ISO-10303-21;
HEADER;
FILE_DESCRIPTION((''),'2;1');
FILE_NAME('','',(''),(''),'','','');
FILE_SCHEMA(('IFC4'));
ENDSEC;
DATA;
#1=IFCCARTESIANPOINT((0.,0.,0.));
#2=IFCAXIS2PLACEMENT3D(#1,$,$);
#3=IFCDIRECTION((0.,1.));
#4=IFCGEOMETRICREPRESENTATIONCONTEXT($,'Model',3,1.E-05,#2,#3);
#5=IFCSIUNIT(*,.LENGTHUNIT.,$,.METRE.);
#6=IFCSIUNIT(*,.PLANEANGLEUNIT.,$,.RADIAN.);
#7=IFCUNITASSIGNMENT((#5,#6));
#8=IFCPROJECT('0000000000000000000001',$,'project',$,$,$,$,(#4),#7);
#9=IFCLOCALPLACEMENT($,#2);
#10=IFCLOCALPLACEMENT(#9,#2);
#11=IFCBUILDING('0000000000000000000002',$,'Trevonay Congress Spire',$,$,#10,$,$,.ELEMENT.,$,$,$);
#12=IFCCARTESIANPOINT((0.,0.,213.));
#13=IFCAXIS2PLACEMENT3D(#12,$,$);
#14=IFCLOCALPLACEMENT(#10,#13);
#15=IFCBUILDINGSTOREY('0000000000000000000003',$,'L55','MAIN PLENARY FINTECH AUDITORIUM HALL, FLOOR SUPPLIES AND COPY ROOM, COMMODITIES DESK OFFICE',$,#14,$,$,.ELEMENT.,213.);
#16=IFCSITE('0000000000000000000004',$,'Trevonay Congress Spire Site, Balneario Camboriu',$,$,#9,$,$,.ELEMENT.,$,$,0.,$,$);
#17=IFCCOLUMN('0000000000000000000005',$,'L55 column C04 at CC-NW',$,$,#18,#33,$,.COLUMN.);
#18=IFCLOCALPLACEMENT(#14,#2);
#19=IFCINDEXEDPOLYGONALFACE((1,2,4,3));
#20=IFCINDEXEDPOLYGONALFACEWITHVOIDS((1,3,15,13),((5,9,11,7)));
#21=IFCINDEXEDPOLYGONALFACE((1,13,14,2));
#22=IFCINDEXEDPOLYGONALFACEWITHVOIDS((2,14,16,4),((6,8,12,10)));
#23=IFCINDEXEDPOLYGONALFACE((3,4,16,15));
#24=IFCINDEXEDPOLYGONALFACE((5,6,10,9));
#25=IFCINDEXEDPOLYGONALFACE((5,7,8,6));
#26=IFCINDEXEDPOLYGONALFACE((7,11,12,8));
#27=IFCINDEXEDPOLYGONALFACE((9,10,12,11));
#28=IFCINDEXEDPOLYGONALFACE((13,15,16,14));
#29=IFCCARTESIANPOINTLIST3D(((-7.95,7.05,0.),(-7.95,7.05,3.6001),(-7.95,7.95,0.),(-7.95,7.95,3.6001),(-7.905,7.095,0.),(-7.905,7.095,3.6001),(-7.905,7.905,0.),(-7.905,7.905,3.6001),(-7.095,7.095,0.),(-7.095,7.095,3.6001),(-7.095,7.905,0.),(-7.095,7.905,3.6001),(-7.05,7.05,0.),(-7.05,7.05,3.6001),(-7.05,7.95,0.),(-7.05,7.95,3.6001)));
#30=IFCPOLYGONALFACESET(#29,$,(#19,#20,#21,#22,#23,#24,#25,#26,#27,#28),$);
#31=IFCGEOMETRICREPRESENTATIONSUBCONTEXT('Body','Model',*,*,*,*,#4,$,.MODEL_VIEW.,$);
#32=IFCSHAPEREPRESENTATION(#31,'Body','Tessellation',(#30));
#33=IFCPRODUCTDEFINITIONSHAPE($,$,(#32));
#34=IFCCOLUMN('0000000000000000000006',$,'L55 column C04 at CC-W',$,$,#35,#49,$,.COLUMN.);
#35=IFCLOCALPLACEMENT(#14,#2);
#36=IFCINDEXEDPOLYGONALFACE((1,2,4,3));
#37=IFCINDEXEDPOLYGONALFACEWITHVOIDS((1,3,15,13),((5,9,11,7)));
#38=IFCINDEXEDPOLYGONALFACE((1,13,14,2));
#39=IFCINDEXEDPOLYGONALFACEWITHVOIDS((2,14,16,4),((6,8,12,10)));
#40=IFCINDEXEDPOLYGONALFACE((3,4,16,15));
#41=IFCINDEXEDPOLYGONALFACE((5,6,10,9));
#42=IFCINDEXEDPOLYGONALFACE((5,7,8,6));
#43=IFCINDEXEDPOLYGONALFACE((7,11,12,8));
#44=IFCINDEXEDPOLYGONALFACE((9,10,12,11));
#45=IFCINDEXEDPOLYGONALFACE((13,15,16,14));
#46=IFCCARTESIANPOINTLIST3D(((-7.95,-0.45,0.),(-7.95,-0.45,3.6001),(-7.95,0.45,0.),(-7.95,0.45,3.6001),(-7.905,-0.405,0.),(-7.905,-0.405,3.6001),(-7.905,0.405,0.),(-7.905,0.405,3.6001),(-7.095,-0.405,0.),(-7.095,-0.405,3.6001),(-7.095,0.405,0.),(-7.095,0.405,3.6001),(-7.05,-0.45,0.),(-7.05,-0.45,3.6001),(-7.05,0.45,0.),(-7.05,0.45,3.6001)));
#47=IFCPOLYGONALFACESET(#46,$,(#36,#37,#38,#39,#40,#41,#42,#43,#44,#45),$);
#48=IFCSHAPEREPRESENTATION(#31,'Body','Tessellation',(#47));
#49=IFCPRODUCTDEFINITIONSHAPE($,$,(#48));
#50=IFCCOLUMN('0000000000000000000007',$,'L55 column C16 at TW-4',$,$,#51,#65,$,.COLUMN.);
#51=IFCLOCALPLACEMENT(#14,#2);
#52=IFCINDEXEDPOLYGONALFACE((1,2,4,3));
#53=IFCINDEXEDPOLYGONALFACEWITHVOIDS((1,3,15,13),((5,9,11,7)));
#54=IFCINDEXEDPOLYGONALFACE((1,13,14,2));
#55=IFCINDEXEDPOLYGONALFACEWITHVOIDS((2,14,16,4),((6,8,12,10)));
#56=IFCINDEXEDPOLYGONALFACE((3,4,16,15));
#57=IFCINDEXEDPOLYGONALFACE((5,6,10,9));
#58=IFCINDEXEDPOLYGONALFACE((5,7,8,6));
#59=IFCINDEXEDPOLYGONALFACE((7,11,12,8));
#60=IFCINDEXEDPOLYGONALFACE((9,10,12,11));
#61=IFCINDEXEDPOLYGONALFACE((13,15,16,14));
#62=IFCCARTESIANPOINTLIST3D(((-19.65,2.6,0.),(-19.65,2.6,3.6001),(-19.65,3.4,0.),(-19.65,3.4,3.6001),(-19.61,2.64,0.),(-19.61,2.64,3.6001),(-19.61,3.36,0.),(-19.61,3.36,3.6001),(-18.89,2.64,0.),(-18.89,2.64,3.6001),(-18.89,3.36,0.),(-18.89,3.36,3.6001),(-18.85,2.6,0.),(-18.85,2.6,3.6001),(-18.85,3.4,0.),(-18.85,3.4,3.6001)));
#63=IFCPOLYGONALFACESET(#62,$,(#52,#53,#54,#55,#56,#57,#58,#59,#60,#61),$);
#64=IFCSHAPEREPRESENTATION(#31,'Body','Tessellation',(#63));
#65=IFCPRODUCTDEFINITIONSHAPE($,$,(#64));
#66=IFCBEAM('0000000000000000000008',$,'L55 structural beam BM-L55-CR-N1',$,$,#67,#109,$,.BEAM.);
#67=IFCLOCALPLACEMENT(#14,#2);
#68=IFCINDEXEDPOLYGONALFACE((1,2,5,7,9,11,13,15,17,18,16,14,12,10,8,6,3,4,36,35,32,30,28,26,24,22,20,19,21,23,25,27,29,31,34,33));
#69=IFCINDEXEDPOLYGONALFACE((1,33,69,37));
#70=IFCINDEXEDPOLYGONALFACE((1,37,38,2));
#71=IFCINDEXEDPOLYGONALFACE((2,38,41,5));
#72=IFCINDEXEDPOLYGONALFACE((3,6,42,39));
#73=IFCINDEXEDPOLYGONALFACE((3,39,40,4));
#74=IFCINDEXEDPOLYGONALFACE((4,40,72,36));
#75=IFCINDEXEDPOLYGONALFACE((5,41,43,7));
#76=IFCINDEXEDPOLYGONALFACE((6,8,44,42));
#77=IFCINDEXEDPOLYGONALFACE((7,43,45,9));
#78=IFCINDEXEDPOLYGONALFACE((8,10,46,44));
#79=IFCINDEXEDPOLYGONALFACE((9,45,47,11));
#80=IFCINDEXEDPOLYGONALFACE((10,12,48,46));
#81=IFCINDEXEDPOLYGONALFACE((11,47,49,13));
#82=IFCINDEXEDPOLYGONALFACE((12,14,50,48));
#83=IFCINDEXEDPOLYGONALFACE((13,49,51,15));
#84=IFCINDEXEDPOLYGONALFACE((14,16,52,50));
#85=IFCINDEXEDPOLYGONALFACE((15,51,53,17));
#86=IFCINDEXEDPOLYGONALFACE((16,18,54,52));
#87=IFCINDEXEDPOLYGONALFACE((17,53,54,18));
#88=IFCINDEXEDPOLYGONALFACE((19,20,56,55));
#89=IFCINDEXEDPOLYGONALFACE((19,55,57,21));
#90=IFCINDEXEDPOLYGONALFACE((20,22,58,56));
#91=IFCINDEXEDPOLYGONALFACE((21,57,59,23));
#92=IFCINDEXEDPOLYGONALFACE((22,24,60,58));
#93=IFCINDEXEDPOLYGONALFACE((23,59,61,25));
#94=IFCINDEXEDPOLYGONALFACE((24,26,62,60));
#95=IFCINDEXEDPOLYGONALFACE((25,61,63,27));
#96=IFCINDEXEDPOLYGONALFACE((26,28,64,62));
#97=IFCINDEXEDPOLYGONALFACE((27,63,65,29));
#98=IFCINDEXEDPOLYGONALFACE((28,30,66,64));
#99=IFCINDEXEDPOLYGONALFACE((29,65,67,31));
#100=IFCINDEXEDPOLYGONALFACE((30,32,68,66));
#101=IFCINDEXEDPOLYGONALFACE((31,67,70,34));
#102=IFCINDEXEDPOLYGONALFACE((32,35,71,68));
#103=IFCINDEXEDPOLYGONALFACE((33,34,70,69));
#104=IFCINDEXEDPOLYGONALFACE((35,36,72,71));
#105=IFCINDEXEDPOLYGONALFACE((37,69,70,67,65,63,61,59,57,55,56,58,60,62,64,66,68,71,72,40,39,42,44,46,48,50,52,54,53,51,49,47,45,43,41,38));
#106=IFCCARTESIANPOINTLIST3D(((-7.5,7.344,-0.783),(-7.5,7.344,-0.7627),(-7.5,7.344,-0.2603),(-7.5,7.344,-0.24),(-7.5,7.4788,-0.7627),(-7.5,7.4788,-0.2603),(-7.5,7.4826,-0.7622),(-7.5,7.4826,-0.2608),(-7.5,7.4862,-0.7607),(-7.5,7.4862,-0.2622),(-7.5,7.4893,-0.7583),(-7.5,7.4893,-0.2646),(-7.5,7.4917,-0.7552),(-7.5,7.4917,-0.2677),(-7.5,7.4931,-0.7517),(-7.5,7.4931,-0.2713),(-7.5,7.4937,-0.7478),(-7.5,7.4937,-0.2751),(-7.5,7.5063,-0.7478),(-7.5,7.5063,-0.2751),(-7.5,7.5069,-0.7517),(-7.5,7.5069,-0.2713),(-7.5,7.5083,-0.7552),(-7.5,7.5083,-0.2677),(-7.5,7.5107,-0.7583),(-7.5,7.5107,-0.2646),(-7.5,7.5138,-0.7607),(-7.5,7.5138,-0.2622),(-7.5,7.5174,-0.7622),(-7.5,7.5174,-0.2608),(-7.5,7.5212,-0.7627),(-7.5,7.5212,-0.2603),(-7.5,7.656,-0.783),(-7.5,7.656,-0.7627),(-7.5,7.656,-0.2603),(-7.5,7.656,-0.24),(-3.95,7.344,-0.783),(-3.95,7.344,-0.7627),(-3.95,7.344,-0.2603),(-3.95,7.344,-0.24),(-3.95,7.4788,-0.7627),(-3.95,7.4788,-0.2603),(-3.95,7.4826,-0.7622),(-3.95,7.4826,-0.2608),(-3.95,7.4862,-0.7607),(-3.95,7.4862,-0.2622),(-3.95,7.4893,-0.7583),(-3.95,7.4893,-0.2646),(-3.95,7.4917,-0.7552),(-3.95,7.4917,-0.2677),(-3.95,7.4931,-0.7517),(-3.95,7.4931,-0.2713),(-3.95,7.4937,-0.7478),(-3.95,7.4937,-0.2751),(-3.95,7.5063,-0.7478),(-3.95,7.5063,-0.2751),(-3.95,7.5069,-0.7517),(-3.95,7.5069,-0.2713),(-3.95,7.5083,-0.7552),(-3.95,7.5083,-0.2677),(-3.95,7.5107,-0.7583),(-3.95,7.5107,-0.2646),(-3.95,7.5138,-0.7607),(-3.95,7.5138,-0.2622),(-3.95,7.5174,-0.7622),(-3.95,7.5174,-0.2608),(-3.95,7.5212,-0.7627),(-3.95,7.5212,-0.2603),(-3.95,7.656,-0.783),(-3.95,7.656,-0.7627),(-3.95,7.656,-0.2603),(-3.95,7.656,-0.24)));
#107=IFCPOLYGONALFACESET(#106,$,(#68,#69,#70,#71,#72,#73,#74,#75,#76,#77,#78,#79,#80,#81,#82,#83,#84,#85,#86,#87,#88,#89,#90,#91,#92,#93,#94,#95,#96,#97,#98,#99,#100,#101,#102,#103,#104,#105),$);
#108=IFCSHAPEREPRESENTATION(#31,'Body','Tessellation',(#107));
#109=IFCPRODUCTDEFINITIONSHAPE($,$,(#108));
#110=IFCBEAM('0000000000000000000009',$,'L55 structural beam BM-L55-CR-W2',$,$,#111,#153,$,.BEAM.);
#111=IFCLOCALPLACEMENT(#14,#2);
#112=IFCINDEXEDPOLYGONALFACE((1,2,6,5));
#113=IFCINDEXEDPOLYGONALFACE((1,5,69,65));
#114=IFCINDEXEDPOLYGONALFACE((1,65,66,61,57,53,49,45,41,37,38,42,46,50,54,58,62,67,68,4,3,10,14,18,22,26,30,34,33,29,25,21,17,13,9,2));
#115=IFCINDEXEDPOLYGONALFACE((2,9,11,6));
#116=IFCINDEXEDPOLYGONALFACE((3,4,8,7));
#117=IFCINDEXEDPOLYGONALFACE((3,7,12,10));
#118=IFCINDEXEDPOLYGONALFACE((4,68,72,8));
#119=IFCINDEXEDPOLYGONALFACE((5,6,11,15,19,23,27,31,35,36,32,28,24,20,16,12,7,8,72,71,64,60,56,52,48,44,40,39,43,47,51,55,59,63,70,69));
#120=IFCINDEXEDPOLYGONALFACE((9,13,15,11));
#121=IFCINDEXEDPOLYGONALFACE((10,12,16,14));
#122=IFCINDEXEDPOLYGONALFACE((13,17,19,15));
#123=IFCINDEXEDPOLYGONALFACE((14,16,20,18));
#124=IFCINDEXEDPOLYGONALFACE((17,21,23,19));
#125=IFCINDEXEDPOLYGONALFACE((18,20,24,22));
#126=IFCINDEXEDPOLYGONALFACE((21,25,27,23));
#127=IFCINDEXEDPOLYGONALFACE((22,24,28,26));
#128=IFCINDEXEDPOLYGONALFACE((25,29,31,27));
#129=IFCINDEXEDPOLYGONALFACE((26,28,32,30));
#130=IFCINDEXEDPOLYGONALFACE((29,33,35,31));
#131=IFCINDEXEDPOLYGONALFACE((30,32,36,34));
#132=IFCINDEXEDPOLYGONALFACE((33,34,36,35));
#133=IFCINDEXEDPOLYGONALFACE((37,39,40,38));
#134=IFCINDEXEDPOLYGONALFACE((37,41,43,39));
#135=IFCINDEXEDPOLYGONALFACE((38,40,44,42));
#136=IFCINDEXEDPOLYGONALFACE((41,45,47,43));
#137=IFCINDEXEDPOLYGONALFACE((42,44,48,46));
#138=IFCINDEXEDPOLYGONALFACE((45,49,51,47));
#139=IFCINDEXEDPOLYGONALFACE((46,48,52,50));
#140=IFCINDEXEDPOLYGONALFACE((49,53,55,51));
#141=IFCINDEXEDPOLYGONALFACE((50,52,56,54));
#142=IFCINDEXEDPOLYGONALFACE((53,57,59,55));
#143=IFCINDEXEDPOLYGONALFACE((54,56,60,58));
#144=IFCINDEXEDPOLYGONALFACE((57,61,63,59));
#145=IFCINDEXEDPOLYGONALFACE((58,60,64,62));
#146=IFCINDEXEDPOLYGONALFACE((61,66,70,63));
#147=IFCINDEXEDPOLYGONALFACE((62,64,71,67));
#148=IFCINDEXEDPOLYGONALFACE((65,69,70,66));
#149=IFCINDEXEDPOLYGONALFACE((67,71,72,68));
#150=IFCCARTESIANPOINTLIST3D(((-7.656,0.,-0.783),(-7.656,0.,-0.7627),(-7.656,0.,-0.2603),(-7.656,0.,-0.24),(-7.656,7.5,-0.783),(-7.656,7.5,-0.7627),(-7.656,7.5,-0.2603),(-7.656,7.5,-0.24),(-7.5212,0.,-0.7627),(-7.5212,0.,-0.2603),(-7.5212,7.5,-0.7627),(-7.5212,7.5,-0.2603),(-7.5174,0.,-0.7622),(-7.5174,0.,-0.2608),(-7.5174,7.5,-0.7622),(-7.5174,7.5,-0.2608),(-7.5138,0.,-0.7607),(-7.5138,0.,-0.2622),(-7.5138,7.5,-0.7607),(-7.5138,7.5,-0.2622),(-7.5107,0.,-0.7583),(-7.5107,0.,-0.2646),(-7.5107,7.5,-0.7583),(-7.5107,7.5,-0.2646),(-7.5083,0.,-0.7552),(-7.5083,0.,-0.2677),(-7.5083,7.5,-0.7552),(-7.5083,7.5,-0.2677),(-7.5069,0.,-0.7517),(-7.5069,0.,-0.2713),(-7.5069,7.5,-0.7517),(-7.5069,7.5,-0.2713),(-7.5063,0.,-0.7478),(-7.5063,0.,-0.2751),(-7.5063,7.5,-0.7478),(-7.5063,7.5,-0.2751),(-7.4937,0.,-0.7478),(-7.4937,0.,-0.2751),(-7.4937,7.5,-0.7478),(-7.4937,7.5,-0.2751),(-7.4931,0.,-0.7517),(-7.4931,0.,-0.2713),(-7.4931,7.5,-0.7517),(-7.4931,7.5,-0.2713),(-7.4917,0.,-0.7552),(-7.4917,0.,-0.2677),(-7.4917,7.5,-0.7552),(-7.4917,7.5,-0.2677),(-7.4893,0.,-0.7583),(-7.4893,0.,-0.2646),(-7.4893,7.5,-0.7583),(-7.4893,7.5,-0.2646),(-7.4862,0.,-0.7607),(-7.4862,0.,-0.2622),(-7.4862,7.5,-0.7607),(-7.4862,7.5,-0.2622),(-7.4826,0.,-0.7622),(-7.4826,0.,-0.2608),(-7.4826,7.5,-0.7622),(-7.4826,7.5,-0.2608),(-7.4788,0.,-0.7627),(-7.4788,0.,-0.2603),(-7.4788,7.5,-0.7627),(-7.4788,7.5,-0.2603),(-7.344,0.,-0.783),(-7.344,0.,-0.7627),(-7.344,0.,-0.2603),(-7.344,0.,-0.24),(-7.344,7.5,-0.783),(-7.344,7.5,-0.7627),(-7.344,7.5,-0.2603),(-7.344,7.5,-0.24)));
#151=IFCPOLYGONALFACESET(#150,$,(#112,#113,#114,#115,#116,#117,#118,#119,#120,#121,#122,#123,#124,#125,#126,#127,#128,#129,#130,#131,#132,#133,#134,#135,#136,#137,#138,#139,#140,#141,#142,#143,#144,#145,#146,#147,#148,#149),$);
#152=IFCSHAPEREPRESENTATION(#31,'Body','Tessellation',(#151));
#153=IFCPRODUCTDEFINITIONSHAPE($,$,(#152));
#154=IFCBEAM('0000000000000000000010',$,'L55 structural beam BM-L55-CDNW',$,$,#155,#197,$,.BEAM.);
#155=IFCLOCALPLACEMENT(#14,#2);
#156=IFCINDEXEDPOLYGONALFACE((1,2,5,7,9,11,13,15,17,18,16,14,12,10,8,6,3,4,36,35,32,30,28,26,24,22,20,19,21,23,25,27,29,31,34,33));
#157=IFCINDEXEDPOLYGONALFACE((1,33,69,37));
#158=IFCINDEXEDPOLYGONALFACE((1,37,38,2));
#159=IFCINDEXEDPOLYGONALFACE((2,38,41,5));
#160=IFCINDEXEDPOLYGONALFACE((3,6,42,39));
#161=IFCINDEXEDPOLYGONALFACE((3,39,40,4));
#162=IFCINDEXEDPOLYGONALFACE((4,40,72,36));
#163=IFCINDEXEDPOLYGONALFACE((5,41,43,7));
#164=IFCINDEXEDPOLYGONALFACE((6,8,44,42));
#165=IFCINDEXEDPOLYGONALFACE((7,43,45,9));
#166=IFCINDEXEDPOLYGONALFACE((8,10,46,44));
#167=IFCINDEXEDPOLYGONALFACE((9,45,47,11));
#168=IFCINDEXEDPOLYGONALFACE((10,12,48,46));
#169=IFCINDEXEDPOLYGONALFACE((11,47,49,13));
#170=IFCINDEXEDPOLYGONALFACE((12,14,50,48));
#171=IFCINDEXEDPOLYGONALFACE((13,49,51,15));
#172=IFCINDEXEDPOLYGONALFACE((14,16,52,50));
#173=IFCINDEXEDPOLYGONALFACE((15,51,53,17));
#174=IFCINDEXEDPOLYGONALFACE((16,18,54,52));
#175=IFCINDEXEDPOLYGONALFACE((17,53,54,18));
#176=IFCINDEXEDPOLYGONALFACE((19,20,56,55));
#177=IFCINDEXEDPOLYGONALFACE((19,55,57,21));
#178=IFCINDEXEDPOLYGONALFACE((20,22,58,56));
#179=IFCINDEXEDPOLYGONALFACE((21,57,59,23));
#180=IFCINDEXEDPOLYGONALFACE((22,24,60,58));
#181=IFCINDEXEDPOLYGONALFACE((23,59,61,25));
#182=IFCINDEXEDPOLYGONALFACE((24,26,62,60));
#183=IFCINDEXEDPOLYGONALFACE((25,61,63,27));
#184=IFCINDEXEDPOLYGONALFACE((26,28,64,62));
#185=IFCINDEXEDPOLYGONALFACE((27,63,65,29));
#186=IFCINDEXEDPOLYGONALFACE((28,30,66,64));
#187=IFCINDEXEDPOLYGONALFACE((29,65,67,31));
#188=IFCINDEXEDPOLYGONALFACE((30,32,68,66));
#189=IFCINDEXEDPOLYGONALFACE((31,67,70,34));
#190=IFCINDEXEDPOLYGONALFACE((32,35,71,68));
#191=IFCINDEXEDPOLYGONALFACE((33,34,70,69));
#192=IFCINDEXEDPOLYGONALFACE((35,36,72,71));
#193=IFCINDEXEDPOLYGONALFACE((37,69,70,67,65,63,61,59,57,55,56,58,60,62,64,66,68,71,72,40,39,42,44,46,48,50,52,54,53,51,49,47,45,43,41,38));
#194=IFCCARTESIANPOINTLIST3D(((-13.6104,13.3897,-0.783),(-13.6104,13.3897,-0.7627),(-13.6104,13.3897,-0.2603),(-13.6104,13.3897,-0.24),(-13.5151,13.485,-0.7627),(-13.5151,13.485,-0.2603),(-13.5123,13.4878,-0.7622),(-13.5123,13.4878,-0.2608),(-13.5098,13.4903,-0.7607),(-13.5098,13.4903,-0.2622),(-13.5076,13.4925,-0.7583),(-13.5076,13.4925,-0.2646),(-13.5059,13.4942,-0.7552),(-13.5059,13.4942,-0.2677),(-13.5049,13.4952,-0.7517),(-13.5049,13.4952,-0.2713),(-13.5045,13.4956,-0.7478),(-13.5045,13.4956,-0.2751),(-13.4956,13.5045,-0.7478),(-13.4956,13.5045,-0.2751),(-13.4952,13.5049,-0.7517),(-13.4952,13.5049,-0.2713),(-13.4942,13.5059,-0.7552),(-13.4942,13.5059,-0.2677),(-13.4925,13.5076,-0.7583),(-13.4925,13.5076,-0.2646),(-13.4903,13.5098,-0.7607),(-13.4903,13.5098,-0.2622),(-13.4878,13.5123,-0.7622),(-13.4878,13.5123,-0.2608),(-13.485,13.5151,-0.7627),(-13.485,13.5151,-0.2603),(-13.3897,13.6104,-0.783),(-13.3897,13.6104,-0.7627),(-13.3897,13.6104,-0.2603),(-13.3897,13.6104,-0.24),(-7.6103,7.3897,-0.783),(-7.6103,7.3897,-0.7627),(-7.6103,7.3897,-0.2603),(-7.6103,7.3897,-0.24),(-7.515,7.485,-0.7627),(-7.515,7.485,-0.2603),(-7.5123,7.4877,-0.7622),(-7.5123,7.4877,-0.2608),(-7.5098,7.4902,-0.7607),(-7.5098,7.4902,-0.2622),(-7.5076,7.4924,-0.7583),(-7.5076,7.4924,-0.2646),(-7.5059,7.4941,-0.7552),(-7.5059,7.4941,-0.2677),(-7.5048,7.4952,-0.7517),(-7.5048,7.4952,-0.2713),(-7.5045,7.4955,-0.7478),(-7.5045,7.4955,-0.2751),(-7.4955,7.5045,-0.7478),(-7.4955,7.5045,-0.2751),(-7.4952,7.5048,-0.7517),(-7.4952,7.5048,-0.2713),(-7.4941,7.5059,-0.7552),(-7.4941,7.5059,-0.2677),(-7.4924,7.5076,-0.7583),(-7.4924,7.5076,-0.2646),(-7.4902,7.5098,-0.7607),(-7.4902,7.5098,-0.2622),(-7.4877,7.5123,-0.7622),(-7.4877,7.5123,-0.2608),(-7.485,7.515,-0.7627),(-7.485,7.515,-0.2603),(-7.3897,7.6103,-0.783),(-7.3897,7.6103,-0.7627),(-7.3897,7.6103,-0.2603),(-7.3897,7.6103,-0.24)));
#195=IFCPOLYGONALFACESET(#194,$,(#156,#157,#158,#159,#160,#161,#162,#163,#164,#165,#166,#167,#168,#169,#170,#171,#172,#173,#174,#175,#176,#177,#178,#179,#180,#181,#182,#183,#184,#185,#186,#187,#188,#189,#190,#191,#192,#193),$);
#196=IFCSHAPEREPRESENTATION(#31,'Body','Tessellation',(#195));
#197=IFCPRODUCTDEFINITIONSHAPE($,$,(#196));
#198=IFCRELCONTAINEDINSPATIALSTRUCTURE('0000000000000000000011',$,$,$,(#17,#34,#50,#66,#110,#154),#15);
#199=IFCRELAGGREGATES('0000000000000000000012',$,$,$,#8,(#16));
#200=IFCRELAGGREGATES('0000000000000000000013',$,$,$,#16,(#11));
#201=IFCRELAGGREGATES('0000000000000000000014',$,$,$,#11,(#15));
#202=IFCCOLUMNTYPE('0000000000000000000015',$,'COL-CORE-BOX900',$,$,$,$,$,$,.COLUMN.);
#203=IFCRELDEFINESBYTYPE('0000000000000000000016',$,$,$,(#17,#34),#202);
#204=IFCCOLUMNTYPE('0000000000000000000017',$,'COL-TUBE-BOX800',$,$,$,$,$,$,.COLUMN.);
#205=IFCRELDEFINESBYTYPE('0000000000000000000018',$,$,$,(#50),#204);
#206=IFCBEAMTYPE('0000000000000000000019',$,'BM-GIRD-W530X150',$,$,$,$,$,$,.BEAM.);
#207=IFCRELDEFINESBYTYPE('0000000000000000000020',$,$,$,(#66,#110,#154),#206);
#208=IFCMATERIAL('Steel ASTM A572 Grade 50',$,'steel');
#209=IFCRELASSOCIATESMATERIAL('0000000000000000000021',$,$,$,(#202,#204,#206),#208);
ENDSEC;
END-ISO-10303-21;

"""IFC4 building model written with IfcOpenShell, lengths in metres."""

from ifc_helpers import new_model, si_unit, direction, frame, origin, origin_2d, place, context, subcontext, project, spatial, hollow_rectangle, i_section, extrude, material, material_profile, profile_set, type_object, element, save


model = new_model("IFC4")

# Units and contexts
model_context = context("Model", 3, precision=1e-05, world=origin(), true_north=direction((0.0, 1.0)))
body_context = subcontext(model_context, "Body", "Model", "MODEL_VIEW")
ifc_project = project(units=[si_unit("LENGTHUNIT", "METRE"), si_unit("PLANEANGLEUNIT", "RADIAN")], contexts=[model_context])

# Site, building, storey
site_placement = place(None, origin())
site = spatial("IfcSite", under=ifc_project, at=site_placement, Name="Trevonay Congress Spire Site, Balneario Camboriu", CompositionType="ELEMENT", RefElevation=0.0)
building_placement = place(site_placement, origin())
building = spatial("IfcBuilding", under=site, at=building_placement, Name="Trevonay Congress Spire", CompositionType="ELEMENT")
storey_placement = place(building_placement, frame((0.0, 0.0, 213.0)))
storey = spatial("IfcBuildingStorey", under=building, at=storey_placement, Name="L55", Description="MAIN PLENARY FINTECH AUDITORIUM HALL, FLOOR SUPPLIES AND COPY ROOM, COMMODITIES DESK OFFICE", CompositionType="ELEMENT", Elevation=213.0)

# Columns
ifc_material_1 = material(Name="Steel ASTM A572 Grade 50", Category="steel")
ifc_material_profile_1 = material_profile(ifc_material_1, hollow_rectangle(XDim=0.8999, YDim=0.8999, WallThickness=0.0449, at=origin_2d()), Name="BOX 900x900x45")
ifc_profile_set_1 = profile_set([ifc_material_profile_1], Name="Steel ASTM A572 Grade 50")
column_type_1 = type_object("IfcColumnType", Name="COL-CORE-BOX900", PredefinedType="COLUMN", material=ifc_profile_set_1)
for number, where, z_axis, x_axis, name in (
    (1, (-7.5, 7.5, 0.0), (0.0, 0.0, 1.0), (1.0, 0.0, 0.0), "L55 column C04 at CC-NW"),
    (2, (-7.5, 0.0, 0.0), (0.0, 0.0, 1.0), (1.0, 0.0, 0.0), "L55 column C04 at CC-W"),
):
    element("IfcColumn", number, at=place(storey_placement, frame(where, z_axis=z_axis, x_axis=x_axis)), inside=storey, type_object=column_type_1, Name=name, PredefinedType="COLUMN", context=body_context, shape_type="SweptSolid", body=[
        extrude(hollow_rectangle(XDim=0.8999, YDim=0.8999, WallThickness=0.0449, at=origin_2d()), origin(), (0.0, 0.0, 1.0), 3.6001),
    ])
ifc_material_profile_2 = material_profile(ifc_material_1, hollow_rectangle(XDim=0.8, YDim=0.8, WallThickness=0.04, at=origin_2d()), Name="BOX 800x800x40")
ifc_profile_set_2 = profile_set([ifc_material_profile_2], Name="Steel ASTM A572 Grade 50")
column_type_2 = type_object("IfcColumnType", Name="COL-TUBE-BOX800", PredefinedType="COLUMN", material=ifc_profile_set_2)
column_placement = place(storey_placement, frame((-19.25, 3.0, 0.0), z_axis=(0.0, 0.0, 1.0), x_axis=(1.0, 0.0, 0.0)))
element("IfcColumn", 3, at=column_placement, inside=storey, type_object=column_type_2, Name="L55 column C16 at TW-4", PredefinedType="COLUMN", context=body_context, shape_type="SweptSolid", body=[
    extrude(hollow_rectangle(XDim=0.8, YDim=0.8, WallThickness=0.04, at=origin_2d()), origin(), (0.0, 0.0, 1.0), 3.6001),
])

# Beams
ifc_material_profile_3 = material_profile(ifc_material_1, i_section(OverallWidth=0.312, OverallDepth=0.543, WebThickness=0.0127, FlangeThickness=0.0203, FilletRadius=0.0149, at=origin_2d()), Name="W530x150")
ifc_profile_set_3 = profile_set([ifc_material_profile_3], Name="Steel ASTM A572 Grade 50")
beam_type_1 = type_object("IfcBeamType", Name="BM-GIRD-W530X150", PredefinedType="BEAM", material=ifc_profile_set_3)
beam_1_placement = place(storey_placement, frame((-7.5, 7.5, -0.5115), z_axis=(1.0, 0.0, 0.0), x_axis=(0.0, 1.0, 0.0)))
element("IfcBeam", 4, at=beam_1_placement, inside=storey, type_object=beam_type_1, Name="L55 structural beam BM-L55-CR-N1", PredefinedType="BEAM", context=body_context, shape_type="SweptSolid", body=[
    extrude(i_section(OverallWidth=0.312, OverallDepth=0.543, WebThickness=0.0127, FlangeThickness=0.0203, FilletRadius=0.0149, at=origin_2d()), origin(), (0.0, 0.0, 1.0), 3.55),
])
beam_2_placement = place(storey_placement, frame((-7.5, 0.0, -0.5115), z_axis=(0.0, 1.0, 0.0), x_axis=(-1.0, 0.0, 0.0)))
element("IfcBeam", 5, at=beam_2_placement, inside=storey, type_object=beam_type_1, Name="L55 structural beam BM-L55-CR-W2", PredefinedType="BEAM", context=body_context, shape_type="SweptSolid", body=[
    extrude(i_section(OverallWidth=0.312, OverallDepth=0.543, WebThickness=0.0127, FlangeThickness=0.0203, FilletRadius=0.0149, at=origin_2d()), origin(), (0.0, 0.0, 1.0), 7.5),
])
beam_3_placement = place(storey_placement, frame((-7.5, 7.5, -0.5115), z_axis=(-0.707107, 0.707107, 0.0), x_axis=(-0.707107, -0.707107, 0.0)))
element("IfcBeam", 6, at=beam_3_placement, inside=storey, type_object=beam_type_1, Name="L55 structural beam BM-L55-CDNW", PredefinedType="BEAM", context=body_context, shape_type="SweptSolid", body=[
    extrude(i_section(OverallWidth=0.312, OverallDepth=0.543, WebThickness=0.0127, FlangeThickness=0.0203, FilletRadius=0.0149, at=origin_2d()), origin(), (0.0, 0.0, 1.0), 8.4854),
])

save(model, "model.ifc")
